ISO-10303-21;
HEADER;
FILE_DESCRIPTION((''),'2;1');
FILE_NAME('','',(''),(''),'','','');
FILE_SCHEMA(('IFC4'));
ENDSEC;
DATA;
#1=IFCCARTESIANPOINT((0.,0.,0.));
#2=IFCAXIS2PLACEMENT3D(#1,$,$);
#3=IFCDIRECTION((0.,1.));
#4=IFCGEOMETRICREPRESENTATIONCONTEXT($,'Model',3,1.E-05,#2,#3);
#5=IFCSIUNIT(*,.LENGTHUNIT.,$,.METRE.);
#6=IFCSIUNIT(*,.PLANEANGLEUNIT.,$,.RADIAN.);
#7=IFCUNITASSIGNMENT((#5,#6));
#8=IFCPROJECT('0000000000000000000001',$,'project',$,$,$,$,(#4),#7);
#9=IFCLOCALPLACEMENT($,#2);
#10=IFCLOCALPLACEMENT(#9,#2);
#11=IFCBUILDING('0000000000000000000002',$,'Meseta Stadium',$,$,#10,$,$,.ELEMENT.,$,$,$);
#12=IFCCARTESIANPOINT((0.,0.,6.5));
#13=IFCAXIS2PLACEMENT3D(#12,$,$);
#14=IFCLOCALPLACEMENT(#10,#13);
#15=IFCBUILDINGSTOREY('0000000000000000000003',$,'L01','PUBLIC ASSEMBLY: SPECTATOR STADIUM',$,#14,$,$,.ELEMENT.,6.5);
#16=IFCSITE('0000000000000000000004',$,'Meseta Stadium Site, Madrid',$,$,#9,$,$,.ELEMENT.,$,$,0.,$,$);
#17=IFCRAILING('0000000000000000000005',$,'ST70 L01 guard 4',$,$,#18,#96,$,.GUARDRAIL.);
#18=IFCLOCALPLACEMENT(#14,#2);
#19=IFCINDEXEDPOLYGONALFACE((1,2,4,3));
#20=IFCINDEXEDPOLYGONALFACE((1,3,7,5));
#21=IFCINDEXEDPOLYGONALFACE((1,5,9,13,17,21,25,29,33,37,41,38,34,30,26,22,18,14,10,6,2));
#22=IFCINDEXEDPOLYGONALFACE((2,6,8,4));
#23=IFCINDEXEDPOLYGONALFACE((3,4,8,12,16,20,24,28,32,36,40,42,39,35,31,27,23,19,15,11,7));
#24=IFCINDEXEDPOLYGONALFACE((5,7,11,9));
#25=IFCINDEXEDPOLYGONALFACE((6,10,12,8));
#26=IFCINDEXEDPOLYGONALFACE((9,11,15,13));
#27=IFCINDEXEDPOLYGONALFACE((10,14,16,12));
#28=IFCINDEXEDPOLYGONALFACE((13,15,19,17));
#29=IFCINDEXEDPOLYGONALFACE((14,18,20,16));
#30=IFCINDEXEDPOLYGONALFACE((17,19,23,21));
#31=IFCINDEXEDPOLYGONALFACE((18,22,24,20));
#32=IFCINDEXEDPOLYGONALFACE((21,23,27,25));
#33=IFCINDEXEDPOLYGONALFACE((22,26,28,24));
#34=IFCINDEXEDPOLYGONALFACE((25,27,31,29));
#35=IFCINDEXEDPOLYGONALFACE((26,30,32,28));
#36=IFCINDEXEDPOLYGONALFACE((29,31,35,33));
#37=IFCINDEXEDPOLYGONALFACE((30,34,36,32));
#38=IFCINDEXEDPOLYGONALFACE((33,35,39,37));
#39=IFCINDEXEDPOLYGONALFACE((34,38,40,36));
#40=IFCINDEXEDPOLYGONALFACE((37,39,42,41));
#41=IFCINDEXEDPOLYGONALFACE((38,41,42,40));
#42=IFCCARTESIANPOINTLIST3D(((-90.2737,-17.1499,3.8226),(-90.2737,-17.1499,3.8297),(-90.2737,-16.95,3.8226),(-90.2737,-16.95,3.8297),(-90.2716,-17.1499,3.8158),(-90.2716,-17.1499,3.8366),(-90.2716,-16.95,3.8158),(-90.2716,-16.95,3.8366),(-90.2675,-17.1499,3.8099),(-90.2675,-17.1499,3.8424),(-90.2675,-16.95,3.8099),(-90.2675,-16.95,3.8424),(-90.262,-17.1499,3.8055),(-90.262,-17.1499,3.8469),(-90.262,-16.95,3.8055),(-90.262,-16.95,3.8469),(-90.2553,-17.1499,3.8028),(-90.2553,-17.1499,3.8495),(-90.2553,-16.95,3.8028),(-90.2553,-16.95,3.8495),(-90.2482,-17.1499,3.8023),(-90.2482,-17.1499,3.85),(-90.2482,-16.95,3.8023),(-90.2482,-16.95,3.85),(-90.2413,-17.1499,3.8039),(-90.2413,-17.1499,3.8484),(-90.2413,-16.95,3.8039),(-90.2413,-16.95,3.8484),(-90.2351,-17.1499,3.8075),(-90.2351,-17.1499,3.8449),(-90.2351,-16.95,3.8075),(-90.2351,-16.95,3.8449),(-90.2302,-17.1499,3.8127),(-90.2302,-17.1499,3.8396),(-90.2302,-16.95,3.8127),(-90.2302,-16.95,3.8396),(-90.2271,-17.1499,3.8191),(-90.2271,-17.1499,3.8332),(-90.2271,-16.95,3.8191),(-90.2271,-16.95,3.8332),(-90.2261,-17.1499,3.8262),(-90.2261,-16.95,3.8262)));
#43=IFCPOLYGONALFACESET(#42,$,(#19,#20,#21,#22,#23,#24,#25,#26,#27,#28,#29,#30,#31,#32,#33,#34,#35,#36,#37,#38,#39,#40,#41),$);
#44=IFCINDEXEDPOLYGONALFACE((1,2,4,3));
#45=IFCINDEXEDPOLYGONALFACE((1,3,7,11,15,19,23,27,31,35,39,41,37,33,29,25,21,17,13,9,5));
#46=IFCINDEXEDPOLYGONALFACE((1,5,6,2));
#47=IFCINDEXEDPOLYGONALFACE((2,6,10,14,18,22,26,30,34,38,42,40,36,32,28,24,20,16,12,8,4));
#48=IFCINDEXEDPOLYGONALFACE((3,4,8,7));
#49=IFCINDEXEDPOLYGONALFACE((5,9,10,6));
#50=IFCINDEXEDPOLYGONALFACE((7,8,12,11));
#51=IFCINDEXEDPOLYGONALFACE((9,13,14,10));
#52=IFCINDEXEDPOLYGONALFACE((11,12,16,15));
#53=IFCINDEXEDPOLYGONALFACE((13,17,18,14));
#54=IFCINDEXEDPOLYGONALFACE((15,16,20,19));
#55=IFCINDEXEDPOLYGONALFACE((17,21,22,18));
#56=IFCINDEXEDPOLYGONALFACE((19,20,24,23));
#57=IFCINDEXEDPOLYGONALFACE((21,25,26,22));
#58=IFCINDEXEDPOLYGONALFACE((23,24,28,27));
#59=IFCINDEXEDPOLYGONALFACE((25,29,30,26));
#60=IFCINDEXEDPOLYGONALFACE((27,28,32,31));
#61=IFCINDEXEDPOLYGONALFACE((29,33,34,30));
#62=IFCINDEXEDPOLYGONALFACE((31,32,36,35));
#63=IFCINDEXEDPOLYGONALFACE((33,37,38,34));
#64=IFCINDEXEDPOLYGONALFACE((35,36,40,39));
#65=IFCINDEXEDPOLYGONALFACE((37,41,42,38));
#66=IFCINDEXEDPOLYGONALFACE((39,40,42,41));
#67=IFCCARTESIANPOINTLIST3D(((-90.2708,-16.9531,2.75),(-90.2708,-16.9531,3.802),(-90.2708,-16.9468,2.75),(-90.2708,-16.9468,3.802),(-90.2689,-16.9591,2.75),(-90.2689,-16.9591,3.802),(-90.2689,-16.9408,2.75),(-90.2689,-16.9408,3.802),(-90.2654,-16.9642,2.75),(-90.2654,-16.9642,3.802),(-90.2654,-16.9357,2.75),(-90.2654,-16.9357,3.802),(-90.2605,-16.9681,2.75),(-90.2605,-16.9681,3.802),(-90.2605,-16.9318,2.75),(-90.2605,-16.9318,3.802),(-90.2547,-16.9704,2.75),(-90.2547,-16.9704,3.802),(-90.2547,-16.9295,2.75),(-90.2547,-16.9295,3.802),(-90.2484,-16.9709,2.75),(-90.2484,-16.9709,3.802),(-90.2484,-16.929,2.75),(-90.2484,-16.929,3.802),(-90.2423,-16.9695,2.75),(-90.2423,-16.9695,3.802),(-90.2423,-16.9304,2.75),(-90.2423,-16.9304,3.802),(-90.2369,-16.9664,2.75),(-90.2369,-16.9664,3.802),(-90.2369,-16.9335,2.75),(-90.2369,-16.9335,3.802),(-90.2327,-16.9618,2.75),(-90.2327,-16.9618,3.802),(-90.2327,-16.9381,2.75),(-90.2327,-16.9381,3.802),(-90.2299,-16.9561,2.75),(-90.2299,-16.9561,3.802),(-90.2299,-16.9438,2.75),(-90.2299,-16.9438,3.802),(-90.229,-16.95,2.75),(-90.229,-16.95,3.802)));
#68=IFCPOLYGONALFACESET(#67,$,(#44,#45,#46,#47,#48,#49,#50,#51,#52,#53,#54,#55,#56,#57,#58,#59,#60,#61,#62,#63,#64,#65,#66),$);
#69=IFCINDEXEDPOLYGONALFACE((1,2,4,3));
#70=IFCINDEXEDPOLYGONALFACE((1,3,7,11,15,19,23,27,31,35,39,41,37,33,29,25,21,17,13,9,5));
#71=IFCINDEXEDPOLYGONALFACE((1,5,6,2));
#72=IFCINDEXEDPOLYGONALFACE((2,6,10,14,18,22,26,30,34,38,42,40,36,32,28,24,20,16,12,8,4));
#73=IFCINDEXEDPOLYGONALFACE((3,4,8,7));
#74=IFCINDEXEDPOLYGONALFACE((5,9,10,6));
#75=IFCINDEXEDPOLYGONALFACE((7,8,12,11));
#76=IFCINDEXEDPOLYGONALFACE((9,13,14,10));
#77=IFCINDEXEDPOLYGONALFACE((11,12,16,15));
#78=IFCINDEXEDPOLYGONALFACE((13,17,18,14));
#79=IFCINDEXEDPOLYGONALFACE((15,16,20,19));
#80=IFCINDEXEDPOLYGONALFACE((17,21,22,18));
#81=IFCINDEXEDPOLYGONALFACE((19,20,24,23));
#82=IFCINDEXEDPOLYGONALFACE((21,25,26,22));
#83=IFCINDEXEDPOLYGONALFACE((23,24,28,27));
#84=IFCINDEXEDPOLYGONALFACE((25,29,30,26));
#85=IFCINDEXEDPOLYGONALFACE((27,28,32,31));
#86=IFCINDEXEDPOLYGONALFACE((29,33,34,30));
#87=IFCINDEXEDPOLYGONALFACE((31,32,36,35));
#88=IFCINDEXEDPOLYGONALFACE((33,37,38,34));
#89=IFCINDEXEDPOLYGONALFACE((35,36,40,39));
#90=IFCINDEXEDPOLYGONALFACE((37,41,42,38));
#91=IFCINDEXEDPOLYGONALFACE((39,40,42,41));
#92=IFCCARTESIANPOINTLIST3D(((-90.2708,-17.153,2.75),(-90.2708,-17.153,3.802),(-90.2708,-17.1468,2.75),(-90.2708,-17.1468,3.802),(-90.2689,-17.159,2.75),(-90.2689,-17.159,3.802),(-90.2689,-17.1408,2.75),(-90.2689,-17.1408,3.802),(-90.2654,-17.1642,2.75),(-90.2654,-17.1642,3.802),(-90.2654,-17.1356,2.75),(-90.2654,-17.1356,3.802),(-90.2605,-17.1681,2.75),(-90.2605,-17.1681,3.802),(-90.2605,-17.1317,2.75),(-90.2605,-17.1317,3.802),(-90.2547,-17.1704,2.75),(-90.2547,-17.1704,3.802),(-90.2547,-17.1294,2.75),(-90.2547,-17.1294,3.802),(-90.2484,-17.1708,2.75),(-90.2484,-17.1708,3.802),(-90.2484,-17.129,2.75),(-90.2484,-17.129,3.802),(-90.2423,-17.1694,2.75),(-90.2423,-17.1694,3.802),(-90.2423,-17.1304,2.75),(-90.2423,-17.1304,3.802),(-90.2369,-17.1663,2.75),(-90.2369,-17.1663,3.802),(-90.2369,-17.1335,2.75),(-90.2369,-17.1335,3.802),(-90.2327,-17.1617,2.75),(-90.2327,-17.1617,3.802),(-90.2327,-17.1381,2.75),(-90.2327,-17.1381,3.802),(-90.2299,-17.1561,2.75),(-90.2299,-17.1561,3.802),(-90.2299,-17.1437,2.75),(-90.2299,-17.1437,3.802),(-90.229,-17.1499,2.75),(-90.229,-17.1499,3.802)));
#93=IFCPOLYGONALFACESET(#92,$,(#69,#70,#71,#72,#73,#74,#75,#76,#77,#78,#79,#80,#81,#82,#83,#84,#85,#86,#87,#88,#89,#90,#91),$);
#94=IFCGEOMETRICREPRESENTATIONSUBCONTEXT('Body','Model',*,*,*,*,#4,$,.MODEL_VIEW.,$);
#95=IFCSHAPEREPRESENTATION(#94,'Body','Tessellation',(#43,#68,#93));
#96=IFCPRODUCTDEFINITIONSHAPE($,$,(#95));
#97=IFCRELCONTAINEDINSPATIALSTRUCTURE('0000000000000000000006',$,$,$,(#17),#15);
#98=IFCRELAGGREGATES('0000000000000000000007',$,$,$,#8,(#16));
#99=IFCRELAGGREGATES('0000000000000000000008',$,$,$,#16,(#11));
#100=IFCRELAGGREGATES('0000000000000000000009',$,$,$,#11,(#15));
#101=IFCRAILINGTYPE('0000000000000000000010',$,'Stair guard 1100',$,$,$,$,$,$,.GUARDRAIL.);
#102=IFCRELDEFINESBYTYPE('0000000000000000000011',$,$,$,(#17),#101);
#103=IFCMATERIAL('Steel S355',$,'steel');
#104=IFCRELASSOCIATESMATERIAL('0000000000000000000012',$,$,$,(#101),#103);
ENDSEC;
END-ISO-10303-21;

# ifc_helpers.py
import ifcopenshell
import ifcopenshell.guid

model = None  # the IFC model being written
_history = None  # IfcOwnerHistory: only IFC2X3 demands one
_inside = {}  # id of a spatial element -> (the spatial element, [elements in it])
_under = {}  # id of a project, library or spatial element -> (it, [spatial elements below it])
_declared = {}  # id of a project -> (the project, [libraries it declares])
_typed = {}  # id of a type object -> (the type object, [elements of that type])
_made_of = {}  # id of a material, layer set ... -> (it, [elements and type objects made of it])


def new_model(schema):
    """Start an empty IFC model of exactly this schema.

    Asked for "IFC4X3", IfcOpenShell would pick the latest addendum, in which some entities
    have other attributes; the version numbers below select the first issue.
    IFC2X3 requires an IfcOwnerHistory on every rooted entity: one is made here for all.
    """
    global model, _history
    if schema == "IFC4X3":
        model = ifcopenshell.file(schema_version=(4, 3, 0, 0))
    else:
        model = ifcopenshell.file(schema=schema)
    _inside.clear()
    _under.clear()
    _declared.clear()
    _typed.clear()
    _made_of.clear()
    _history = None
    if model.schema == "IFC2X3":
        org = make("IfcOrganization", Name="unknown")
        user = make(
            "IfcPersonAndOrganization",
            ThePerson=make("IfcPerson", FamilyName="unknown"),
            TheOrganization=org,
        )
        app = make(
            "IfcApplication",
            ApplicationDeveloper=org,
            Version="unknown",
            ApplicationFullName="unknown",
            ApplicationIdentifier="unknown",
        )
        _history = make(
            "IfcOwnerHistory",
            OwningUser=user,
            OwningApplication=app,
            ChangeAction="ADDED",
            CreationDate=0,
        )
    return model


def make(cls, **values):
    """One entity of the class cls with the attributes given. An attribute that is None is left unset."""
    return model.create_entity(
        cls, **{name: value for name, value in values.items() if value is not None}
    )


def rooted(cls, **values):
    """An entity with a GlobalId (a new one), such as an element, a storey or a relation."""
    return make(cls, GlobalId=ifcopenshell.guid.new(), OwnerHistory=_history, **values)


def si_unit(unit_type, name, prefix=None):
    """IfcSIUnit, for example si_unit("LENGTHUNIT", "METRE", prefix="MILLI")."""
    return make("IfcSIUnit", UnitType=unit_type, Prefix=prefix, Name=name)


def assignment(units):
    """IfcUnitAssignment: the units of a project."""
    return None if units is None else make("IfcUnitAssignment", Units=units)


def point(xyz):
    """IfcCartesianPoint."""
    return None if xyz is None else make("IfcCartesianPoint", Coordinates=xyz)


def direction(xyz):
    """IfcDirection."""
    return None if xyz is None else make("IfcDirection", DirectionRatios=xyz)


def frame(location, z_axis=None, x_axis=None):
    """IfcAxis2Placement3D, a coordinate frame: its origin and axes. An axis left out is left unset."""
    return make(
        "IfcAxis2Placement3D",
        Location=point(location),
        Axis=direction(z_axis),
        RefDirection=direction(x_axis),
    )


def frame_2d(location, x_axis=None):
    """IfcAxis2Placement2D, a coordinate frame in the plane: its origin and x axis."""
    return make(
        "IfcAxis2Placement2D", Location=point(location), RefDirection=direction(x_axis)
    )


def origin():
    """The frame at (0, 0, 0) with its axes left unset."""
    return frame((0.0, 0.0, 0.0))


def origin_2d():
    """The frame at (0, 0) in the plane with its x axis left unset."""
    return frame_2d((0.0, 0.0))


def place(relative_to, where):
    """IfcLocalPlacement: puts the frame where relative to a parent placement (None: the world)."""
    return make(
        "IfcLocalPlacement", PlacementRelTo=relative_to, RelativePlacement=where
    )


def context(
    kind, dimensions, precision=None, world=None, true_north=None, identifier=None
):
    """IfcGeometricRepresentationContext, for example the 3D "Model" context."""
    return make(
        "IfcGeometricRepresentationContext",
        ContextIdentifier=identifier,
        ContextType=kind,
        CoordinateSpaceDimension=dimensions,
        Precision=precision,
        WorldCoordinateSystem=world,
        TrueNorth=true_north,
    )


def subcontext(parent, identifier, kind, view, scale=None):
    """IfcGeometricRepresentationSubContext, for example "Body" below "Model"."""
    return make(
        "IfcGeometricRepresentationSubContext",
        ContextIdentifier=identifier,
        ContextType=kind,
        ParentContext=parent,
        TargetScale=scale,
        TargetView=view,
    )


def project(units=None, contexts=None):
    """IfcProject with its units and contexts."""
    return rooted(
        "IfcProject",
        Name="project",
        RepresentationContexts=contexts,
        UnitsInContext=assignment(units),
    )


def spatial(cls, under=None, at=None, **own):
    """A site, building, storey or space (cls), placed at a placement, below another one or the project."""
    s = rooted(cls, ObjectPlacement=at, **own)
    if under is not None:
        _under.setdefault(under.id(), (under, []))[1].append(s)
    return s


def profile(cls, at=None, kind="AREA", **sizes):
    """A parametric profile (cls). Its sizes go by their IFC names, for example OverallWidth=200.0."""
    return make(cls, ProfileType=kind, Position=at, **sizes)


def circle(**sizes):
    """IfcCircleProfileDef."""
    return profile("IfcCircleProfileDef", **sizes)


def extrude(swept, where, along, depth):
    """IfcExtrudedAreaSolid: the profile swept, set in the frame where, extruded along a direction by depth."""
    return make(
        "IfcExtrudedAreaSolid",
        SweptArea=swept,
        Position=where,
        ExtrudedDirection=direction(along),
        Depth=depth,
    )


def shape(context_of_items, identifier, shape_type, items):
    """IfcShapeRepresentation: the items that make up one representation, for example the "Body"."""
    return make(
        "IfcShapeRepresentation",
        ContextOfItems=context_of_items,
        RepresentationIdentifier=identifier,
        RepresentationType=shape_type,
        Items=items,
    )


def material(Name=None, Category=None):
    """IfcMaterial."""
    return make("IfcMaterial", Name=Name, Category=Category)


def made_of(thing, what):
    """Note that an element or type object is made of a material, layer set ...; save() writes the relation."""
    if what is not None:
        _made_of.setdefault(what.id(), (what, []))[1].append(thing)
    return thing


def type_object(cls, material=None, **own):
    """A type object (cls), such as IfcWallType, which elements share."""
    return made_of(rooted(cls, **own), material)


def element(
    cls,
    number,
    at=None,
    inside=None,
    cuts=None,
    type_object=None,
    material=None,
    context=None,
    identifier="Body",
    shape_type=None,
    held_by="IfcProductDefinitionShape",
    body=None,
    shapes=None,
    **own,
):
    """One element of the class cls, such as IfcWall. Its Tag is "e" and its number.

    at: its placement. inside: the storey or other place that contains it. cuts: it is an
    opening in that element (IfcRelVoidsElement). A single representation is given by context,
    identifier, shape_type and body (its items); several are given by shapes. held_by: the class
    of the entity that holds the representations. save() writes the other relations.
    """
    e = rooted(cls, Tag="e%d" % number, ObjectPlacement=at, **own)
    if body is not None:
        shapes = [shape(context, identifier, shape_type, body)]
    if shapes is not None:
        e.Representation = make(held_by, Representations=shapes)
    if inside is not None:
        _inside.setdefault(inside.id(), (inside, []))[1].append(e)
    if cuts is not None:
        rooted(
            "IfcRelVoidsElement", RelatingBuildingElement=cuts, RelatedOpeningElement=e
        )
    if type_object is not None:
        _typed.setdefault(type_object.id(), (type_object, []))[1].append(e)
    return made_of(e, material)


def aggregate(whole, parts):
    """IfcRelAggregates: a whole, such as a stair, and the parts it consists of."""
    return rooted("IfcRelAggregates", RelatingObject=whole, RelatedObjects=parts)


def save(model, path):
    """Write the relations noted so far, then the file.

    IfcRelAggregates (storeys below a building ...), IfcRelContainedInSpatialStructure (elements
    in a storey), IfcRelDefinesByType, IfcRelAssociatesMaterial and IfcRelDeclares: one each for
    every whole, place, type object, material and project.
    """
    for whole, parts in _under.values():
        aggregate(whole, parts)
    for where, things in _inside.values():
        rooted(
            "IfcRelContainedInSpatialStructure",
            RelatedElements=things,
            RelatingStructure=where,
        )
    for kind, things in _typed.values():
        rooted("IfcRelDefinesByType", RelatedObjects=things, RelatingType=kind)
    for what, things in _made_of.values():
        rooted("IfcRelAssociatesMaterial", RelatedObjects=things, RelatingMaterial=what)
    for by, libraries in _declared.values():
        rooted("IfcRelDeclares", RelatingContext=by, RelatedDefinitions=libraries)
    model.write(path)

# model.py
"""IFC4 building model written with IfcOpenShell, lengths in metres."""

from ifc_helpers import new_model, si_unit, direction, frame, origin, origin_2d, place, context, subcontext, project, spatial, circle, extrude, material, type_object, element, save


model = new_model("IFC4")

# Units and contexts
model_context = context("Model", 3, precision=1e-05, world=origin(), true_north=direction((0.0, 1.0)))
body_context = subcontext(model_context, "Body", "Model", "MODEL_VIEW")
ifc_project = project(units=[si_unit("LENGTHUNIT", "METRE"), si_unit("PLANEANGLEUNIT", "RADIAN")], contexts=[model_context])

# Site, building, storey
site_placement = place(None, origin())
site = spatial("IfcSite", under=ifc_project, at=site_placement, Name="Meseta Stadium Site, Madrid", CompositionType="ELEMENT", RefElevation=0.0)
building_placement = place(site_placement, origin())
building = spatial("IfcBuilding", under=site, at=building_placement, Name="Meseta Stadium", CompositionType="ELEMENT")
storey_placement = place(building_placement, frame((0.0, 0.0, 6.5)))
storey = spatial("IfcBuildingStorey", under=building, at=storey_placement, Name="L01", Description="PUBLIC ASSEMBLY: SPECTATOR STADIUM", CompositionType="ELEMENT", Elevation=6.5)

# Railing
ifc_material_1 = material(Name="Steel S355", Category="steel")
railing_type_1 = type_object("IfcRailingType", Name="Stair guard 1100", PredefinedType="GUARDRAIL", material=ifc_material_1)
railing_1_placement = place(storey_placement, frame((-90.25, -16.95, 2.75)))
element("IfcRailing", 1, at=railing_1_placement, inside=storey, type_object=railing_type_1, Name="ST70 L01 guard 4", PredefinedType="GUARDRAIL", context=body_context, shape_type="SweptSolid", body=[
    extrude(circle(Radius=0.0239, at=origin_2d()), frame((0.0, 0.0, 1.0762), z_axis=(0.0, -1.0, 0.0), x_axis=(1.0, 0.0, 0.0)), (0.0, 0.0, 1.0), 0.2),
    extrude(circle(Radius=0.021, at=origin_2d()), origin(), (0.0, 0.0, 1.0), 1.052),
    extrude(circle(Radius=0.021, at=origin_2d()), frame((0.0, -0.2, 0.0)), (0.0, 0.0, 1.0), 1.052),
])

save(model, "model.ifc")
